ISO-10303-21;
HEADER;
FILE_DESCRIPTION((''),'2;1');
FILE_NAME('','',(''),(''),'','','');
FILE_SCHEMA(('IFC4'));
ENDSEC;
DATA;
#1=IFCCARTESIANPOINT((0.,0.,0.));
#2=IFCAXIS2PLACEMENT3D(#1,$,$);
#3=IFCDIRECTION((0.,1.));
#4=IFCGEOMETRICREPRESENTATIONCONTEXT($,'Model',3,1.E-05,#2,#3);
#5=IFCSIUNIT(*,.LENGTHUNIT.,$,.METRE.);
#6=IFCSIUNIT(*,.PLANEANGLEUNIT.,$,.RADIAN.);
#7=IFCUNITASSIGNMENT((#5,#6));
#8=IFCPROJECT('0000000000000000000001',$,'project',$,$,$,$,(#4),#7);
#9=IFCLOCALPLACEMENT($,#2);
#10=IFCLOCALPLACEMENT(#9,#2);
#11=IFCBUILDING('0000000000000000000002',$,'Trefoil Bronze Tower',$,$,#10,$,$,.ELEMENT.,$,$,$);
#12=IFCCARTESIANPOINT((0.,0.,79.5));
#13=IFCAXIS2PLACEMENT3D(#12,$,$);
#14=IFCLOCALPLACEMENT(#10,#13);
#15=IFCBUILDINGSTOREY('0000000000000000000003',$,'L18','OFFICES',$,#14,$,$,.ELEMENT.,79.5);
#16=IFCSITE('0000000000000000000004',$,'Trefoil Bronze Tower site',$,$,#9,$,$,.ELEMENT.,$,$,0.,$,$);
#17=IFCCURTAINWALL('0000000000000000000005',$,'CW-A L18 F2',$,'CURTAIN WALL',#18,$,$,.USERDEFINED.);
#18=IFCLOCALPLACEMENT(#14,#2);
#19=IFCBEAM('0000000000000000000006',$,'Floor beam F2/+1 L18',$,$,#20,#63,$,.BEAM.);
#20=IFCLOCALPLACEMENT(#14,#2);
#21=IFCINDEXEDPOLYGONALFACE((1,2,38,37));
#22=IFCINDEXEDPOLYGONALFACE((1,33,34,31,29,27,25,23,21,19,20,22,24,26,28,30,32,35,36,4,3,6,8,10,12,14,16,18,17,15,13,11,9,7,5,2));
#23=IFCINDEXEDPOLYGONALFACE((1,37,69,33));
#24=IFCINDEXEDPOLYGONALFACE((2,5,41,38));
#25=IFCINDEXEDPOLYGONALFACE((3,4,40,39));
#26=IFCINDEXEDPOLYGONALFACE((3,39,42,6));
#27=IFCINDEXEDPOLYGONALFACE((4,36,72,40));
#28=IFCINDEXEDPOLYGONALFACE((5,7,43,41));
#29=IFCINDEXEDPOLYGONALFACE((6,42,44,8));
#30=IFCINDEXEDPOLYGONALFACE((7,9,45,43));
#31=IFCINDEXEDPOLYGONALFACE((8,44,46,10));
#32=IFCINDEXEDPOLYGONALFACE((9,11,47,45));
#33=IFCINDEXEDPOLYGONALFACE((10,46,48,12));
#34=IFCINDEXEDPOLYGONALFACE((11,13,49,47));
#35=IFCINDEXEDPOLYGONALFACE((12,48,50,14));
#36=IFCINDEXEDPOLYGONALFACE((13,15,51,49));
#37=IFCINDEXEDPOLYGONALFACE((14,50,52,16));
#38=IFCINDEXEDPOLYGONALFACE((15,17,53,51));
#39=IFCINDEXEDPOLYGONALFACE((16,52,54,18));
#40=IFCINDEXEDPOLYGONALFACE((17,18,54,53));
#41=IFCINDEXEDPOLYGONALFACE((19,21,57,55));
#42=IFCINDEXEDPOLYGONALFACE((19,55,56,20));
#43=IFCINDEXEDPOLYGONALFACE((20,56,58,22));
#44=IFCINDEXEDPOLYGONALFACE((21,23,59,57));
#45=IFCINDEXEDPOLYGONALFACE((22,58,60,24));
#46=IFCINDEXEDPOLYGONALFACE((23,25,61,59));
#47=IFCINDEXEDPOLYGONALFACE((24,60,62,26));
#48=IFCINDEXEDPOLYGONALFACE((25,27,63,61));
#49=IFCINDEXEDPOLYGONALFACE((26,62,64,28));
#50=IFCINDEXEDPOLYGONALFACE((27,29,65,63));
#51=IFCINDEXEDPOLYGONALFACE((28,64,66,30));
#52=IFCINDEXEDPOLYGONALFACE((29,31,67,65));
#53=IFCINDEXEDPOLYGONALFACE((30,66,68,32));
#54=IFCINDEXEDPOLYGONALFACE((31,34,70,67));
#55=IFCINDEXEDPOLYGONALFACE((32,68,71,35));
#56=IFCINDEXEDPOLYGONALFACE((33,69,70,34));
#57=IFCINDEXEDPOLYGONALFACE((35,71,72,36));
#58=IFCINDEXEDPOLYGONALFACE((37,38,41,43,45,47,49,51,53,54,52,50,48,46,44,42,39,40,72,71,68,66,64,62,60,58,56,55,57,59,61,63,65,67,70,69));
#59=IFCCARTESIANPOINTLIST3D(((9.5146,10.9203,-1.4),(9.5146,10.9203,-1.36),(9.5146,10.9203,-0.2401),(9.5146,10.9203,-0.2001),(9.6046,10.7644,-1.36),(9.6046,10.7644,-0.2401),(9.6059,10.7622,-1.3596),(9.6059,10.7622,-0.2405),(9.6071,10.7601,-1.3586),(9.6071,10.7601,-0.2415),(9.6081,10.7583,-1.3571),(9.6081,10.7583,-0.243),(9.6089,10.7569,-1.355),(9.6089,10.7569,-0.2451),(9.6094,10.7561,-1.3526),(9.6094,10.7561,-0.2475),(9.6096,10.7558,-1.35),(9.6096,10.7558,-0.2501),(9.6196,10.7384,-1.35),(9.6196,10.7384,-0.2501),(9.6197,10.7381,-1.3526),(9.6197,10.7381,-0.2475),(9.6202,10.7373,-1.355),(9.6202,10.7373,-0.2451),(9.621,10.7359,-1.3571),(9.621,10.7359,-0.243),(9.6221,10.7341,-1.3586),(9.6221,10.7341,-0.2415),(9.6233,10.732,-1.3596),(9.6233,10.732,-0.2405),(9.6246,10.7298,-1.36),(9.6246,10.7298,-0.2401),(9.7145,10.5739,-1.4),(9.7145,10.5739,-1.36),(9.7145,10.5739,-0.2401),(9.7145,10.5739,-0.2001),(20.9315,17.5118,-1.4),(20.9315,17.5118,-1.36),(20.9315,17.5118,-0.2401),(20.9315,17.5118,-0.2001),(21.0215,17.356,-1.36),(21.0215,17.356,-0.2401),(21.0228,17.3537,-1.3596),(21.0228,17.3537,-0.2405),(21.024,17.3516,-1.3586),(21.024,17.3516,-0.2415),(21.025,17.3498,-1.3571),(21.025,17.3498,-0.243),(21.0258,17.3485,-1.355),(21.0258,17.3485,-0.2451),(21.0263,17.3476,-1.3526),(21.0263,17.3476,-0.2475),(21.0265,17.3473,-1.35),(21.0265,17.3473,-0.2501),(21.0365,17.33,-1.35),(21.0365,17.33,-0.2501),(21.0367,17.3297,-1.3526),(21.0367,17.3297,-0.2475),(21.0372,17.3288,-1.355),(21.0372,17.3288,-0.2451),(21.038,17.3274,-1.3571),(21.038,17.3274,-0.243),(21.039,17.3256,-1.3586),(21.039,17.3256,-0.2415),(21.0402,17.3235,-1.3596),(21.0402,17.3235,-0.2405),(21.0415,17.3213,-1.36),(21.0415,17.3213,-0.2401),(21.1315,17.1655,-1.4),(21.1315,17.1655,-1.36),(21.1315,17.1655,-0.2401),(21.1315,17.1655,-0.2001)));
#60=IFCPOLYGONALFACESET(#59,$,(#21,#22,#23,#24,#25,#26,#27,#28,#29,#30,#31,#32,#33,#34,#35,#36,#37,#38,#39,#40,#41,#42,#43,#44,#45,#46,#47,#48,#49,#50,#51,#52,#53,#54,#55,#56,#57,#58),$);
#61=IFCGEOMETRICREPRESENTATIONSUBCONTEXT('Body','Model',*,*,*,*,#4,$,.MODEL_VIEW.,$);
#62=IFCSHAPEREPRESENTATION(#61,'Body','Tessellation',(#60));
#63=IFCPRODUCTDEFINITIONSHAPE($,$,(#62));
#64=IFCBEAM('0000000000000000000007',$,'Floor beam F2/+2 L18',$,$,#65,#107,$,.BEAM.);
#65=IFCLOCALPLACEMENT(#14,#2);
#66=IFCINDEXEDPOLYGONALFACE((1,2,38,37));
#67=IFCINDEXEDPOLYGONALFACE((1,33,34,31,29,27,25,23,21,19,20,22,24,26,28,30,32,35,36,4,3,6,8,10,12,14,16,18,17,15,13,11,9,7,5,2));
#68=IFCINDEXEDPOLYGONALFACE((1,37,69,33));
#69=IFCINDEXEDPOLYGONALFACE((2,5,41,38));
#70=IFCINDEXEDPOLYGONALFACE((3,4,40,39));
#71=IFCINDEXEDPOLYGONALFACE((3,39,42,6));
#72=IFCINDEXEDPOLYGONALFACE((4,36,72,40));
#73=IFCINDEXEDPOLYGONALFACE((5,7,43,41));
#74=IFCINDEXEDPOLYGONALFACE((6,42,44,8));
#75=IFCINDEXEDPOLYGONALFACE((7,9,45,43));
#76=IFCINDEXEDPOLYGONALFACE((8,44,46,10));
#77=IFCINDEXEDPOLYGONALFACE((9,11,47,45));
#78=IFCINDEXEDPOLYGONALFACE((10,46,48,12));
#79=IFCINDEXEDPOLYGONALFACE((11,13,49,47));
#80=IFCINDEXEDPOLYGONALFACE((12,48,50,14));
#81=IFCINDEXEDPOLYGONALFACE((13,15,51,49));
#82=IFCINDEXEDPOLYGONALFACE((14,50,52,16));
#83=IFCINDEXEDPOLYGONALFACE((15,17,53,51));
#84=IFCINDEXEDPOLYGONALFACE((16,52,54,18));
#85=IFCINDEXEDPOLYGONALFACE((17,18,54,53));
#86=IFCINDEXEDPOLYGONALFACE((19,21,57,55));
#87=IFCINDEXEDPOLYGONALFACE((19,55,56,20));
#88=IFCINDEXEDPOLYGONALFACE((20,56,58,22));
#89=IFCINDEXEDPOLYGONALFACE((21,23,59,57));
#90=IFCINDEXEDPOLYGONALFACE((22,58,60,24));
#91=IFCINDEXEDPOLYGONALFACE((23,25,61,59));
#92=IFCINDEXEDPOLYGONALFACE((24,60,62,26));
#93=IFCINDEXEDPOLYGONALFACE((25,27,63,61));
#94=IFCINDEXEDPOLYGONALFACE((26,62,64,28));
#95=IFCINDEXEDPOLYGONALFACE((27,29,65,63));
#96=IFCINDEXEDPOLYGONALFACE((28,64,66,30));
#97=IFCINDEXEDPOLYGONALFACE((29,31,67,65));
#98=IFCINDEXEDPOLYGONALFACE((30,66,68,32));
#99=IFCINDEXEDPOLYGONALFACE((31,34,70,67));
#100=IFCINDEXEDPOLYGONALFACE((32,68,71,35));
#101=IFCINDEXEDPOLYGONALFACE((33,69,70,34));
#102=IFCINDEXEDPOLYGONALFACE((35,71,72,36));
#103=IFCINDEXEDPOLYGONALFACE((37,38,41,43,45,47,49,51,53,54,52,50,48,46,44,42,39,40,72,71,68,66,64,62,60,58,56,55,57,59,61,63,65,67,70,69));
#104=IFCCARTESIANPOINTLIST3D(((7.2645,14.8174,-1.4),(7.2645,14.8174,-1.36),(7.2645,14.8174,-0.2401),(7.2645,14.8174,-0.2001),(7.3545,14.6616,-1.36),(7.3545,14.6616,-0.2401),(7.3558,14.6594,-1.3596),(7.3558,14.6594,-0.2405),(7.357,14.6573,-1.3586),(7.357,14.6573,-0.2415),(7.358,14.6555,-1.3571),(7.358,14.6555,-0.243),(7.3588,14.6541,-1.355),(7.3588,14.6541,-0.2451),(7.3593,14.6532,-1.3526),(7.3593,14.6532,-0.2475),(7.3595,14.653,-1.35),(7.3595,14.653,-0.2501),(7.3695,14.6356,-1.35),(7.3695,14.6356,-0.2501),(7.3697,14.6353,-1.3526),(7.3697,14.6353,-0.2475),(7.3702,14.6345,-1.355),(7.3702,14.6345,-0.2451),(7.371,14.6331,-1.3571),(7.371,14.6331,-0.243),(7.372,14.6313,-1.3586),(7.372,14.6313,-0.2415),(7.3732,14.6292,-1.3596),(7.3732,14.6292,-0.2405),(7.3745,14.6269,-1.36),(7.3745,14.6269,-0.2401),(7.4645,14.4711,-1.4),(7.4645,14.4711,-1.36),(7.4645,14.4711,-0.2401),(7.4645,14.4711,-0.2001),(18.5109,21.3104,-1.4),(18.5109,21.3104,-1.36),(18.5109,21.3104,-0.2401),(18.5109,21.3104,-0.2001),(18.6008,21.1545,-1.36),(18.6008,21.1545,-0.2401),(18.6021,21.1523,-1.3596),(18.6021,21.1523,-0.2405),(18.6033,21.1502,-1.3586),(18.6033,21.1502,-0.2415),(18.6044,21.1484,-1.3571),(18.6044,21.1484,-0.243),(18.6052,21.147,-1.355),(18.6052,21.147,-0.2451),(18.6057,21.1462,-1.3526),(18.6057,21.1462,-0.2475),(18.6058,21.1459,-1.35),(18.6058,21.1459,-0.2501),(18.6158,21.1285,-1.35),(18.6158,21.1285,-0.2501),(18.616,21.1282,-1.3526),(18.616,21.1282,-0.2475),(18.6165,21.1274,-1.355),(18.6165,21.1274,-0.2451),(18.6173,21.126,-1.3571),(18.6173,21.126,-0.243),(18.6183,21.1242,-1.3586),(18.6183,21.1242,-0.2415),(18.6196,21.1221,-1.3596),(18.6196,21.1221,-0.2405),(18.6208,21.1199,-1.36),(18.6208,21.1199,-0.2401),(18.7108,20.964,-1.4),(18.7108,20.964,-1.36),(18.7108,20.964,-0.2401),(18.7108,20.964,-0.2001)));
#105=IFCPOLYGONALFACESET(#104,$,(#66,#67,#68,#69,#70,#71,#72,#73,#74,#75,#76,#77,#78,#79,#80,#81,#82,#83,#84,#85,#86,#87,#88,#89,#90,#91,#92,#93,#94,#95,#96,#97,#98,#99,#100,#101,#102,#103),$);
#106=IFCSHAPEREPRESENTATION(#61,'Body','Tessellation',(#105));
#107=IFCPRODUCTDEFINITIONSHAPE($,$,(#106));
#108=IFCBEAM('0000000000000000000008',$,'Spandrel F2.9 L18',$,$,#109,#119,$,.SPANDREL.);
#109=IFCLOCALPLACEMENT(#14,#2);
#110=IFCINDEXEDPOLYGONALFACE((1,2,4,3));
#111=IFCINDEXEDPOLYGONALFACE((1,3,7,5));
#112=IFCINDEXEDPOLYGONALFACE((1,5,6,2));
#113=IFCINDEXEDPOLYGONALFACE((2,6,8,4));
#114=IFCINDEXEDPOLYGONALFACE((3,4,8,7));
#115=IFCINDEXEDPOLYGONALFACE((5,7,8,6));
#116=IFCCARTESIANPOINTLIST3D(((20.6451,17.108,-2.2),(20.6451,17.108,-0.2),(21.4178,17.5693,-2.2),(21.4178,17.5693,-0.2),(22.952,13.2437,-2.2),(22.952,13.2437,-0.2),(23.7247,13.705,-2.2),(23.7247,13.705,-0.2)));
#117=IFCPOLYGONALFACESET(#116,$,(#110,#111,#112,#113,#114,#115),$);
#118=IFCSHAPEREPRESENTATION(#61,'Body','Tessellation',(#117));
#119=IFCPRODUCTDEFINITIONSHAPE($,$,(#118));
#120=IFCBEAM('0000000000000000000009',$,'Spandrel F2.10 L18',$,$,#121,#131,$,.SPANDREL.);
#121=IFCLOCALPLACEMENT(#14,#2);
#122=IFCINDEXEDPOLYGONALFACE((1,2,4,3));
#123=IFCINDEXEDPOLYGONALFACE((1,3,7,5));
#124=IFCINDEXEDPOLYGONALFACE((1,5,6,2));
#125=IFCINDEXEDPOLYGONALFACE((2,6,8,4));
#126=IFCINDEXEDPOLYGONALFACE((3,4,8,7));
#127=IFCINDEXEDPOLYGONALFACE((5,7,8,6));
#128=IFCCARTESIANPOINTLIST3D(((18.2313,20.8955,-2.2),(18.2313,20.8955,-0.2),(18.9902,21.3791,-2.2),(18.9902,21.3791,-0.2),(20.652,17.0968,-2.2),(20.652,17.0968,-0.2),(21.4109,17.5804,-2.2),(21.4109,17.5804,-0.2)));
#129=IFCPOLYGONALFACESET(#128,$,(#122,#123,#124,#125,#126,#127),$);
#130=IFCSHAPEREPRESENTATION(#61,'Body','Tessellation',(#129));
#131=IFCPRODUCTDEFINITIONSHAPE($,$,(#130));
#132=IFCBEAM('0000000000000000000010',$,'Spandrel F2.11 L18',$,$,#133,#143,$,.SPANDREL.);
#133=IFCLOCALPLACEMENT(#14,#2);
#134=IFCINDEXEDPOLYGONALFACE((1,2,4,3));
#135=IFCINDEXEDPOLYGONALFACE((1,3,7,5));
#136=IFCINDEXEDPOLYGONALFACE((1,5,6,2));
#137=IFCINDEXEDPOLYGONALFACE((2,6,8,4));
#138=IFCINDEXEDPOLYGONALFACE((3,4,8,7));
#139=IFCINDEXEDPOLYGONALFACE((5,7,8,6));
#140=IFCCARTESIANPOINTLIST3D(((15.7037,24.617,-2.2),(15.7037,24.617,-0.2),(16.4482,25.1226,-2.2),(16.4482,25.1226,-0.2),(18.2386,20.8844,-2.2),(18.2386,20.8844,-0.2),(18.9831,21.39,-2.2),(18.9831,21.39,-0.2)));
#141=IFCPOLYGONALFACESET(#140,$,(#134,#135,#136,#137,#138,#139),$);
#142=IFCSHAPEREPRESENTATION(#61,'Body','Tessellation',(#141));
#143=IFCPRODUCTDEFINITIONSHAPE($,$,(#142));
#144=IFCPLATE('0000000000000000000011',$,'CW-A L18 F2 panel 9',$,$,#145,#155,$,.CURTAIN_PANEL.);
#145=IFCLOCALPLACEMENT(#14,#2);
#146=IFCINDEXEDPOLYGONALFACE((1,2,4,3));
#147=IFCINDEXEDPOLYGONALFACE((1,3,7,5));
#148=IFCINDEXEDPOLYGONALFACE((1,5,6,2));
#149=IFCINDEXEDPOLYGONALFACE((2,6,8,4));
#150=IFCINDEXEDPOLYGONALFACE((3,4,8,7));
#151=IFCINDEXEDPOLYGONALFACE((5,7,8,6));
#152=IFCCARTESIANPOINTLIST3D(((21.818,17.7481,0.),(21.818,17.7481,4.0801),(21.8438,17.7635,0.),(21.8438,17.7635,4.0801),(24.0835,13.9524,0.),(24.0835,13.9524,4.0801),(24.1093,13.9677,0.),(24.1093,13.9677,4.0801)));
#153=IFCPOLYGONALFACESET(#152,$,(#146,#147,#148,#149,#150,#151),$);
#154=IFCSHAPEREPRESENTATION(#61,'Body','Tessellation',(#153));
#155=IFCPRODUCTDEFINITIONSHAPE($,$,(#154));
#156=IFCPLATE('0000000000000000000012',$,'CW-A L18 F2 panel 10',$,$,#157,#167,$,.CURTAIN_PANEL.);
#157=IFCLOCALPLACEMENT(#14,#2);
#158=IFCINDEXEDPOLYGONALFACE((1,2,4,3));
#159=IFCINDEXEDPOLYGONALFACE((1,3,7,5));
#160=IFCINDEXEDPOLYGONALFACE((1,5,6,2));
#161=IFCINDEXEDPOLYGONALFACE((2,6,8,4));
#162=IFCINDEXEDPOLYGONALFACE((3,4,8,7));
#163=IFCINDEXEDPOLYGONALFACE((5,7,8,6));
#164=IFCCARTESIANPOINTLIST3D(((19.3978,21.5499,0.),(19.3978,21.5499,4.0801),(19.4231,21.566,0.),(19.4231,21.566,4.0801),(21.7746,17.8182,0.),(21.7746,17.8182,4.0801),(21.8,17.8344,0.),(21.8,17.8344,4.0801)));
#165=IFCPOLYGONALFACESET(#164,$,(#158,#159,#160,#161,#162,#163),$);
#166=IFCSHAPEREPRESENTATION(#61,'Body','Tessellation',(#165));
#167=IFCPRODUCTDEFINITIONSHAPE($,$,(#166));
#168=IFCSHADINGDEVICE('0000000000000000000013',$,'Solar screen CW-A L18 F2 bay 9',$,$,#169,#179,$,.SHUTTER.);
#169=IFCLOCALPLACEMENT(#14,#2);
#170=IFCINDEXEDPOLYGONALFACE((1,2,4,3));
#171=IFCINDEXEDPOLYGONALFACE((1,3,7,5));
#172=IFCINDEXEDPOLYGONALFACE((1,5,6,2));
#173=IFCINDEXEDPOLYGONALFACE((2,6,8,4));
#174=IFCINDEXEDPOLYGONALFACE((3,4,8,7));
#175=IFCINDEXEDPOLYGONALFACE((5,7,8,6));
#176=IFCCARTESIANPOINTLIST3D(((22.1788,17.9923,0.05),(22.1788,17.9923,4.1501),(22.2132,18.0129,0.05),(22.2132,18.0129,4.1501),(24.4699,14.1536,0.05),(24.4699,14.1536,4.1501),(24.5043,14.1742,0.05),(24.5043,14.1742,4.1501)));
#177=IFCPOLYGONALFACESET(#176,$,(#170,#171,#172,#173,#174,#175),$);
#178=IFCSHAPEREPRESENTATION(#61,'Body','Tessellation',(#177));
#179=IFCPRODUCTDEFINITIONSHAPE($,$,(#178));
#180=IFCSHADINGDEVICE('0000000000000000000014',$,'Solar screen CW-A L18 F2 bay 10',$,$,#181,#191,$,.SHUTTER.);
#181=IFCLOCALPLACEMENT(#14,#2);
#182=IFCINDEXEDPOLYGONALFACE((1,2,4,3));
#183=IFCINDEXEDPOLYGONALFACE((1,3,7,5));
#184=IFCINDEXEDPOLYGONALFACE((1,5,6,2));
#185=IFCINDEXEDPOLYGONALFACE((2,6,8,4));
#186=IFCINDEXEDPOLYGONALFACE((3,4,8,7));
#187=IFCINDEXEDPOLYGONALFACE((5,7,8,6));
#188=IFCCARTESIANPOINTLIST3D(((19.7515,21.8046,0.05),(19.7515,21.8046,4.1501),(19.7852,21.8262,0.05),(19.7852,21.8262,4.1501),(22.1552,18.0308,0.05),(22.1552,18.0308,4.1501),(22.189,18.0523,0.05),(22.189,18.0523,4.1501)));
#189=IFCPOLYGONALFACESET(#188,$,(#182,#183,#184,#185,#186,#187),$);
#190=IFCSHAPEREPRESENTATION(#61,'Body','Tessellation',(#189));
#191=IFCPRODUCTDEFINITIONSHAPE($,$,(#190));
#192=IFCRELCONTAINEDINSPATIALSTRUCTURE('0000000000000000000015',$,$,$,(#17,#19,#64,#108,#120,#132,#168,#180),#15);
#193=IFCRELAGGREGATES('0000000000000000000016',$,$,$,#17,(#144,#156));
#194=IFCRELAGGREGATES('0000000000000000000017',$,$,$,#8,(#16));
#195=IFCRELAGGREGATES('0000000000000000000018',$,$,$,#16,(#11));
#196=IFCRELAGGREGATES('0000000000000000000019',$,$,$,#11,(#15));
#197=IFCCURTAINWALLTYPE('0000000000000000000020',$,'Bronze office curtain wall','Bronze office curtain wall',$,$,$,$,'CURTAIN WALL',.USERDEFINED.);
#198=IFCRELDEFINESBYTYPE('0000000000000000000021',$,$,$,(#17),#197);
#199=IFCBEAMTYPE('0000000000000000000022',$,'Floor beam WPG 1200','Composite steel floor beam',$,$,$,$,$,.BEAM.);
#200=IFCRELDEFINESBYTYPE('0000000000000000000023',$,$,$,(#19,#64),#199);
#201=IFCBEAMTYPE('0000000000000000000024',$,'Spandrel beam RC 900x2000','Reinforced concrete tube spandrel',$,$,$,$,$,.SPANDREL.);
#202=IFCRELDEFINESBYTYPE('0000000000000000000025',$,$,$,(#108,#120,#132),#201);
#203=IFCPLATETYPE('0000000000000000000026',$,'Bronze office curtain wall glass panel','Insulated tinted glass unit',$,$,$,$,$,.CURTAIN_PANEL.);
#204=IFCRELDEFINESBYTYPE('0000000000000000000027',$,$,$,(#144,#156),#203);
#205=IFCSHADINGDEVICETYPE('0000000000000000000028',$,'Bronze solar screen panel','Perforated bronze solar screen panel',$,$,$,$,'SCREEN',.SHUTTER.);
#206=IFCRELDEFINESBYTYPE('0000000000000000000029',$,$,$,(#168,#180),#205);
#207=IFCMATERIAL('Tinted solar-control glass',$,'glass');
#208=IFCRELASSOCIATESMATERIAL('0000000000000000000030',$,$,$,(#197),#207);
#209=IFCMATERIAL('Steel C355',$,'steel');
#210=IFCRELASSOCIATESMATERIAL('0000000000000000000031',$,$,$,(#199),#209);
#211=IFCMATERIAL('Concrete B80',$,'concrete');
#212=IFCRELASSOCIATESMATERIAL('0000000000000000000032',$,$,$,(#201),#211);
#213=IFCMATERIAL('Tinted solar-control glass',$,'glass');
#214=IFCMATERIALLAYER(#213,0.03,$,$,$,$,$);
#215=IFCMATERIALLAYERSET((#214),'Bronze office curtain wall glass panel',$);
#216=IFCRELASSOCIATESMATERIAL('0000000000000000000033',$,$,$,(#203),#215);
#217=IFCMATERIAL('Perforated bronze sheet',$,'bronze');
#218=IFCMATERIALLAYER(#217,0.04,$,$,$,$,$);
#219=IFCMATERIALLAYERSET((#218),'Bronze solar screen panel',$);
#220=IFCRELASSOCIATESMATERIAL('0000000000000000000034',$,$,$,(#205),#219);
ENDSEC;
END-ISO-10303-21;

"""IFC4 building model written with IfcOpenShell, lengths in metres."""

from ifc_helpers import new_model, si_unit, direction, frame, origin, origin_2d, place, context, subcontext, project, spatial, rectangle, i_section, extrude, material, layer, layer_set, material_profile, profile_set, type_object, element, aggregate, save


model = new_model("IFC4")

# Units and contexts
model_context = context("Model", 3, precision=1e-05, world=origin(), true_north=direction((0.0, 1.0)))
body_context = subcontext(model_context, "Body", "Model", "MODEL_VIEW")
ifc_project = project(units=[si_unit("LENGTHUNIT", "METRE"), si_unit("PLANEANGLEUNIT", "RADIAN")], contexts=[model_context])

# Site, building, storey
site_placement = place(None, origin())
site = spatial("IfcSite", under=ifc_project, at=site_placement, Name="Trefoil Bronze Tower site", CompositionType="ELEMENT", RefElevation=0.0)
building_placement = place(site_placement, origin())
building = spatial("IfcBuilding", under=site, at=building_placement, Name="Trefoil Bronze Tower", CompositionType="ELEMENT")
storey_placement = place(building_placement, frame((0.0, 0.0, 79.5)))
storey = spatial("IfcBuildingStorey", under=building, at=storey_placement, Name="L18", Description="OFFICES", CompositionType="ELEMENT", Elevation=79.5)

# Curtain wall
ifc_material_1 = material(Name="Tinted solar-control glass", Category="glass")
curtain_wall_type = type_object("IfcCurtainWallType", Name="Bronze office curtain wall", Description="Bronze office curtain wall", ElementType="CURTAIN WALL", PredefinedType="USERDEFINED", material=ifc_material_1)
curtain_wall_placement = place(storey_placement, origin())
curtain_wall = element("IfcCurtainWall", 1, at=curtain_wall_placement, inside=storey, type_object=curtain_wall_type, Name="CW-A L18 F2", ObjectType="CURTAIN WALL", PredefinedType="USERDEFINED")

# Beams
ifc_material_2 = material(Name="Steel C355", Category="steel")
ifc_material_profile_1 = material_profile(ifc_material_2, i_section(OverallWidth=0.3999, OverallDepth=1.2, WebThickness=0.02, FlangeThickness=0.04, FilletRadius=0.01, at=origin_2d()), Name="WPG 1200")
ifc_profile_set_1 = profile_set([ifc_material_profile_1], Name="Steel C355")
beam_type_1 = type_object("IfcBeamType", Name="Floor beam WPG 1200", Description="Composite steel floor beam", PredefinedType="BEAM", material=ifc_profile_set_1)
beam_1_placement = place(storey_placement, frame((21.0315, 17.3386, -0.8), z_axis=(-0.866027, -0.499997, 0.0), x_axis=(0.499997, -0.866027, 0.0)))
element("IfcBeam", 2, at=beam_1_placement, inside=storey, type_object=beam_type_1, Name="Floor beam F2/+1 L18", PredefinedType="BEAM", context=body_context, shape_type="SweptSolid", body=[
    extrude(i_section(OverallWidth=0.3999, OverallDepth=1.2, WebThickness=0.02, FlangeThickness=0.04, FilletRadius=0.01, at=origin_2d()), origin(), (0.0, 0.0, 1.0), 13.1831),
])
beam_2_placement = place(storey_placement, frame((18.6108, 21.1372, -0.8), z_axis=(-0.866031, -0.499991, 0.0), x_axis=(0.499991, -0.866031, 0.0)))
element("IfcBeam", 3, at=beam_2_placement, inside=storey, type_object=beam_type_1, Name="Floor beam F2/+2 L18", PredefinedType="BEAM", context=body_context, shape_type="SweptSolid", body=[
    extrude(i_section(OverallWidth=0.3999, OverallDepth=1.2, WebThickness=0.02, FlangeThickness=0.04, FilletRadius=0.01, at=origin_2d()), origin(), (0.0, 0.0, 1.0), 12.9861),
])
ifc_material_3 = material(Name="Concrete B80", Category="concrete")
ifc_material_profile_2 = material_profile(ifc_material_3, rectangle(XDim=0.8999, YDim=2.0, at=origin_2d()), Name="RC 900x2000")
ifc_profile_set_2 = profile_set([ifc_material_profile_2], Name="Concrete B80")
beam_type_2 = type_object("IfcBeamType", Name="Spandrel beam RC 900x2000", Description="Reinforced concrete tube spandrel", PredefinedType="SPANDREL", material=ifc_profile_set_2)
beam_3_placement = place(storey_placement, frame((23.3384, 13.4744, -1.2), z_axis=(-0.512588, 0.858635, 0.0), x_axis=(-0.858635, -0.512588, 0.0)))
element("IfcBeam", 4, at=beam_3_placement, inside=storey, type_object=beam_type_2, Name="Spandrel F2.9 L18", PredefinedType="SPANDREL", context=body_context, shape_type="SweptSolid", body=[
    extrude(rectangle(XDim=0.8999, YDim=2.0, at=origin_2d()), origin(), (0.0, 0.0, 1.0), 4.5005),
])
beam_4_placement = place(storey_placement, frame((21.0315, 17.3386, -1.2), z_axis=(-0.537408, 0.843322, 0.0), x_axis=(-0.843322, -0.537408, 0.0)))
element("IfcBeam", 5, at=beam_4_placement, inside=storey, type_object=beam_type_2, Name="Spandrel F2.10 L18", PredefinedType="SPANDREL", context=body_context, shape_type="SweptSolid", body=[
    extrude(rectangle(XDim=0.8999, YDim=2.0, at=origin_2d()), origin(), (0.0, 0.0, 1.0), 4.5044),
])
beam_5_placement = place(storey_placement, frame((18.6108, 21.1372, -1.2), z_axis=(-0.56181, 0.827267, 0.0), x_axis=(-0.827267, -0.56181, 0.0)))
element("IfcBeam", 6, at=beam_5_placement, inside=storey, type_object=beam_type_2, Name="Spandrel F2.11 L18", PredefinedType="SPANDREL", context=body_context, shape_type="SweptSolid", body=[
    extrude(rectangle(XDim=0.8999, YDim=2.0, at=origin_2d()), origin(), (0.0, 0.0, 1.0), 4.512),
])

# Plates
ifc_material_4 = material(Name="Tinted solar-control glass", Category="glass")
ifc_layer_1 = layer(ifc_material_4, 0.03)
ifc_layer_set_1 = layer_set([ifc_layer_1], Name="Bronze office curtain wall glass panel")
plate_type = type_object("IfcPlateType", Name="Bronze office curtain wall glass panel", Description="Insulated tinted glass unit", PredefinedType="CURTAIN_PANEL", material=ifc_layer_set_1)
plate_1_placement = place(storey_placement, frame((22.9636, 15.8579, 0.0), z_axis=(0.0, 0.0, 1.0), x_axis=(-0.512513, 0.85868, 0.0)))
plate_1 = element("IfcPlate", 7, at=plate_1_placement, type_object=plate_type, Name="CW-A L18 F2 panel 9", PredefinedType="CURTAIN_PANEL", context=body_context, shape_type="SweptSolid", body=[
    extrude(rectangle(XDim=4.4204, YDim=0.03, at=origin_2d()), origin(), (0.0, 0.0, 1.0), 4.0801),
])
plate_2_placement = place(storey_placement, frame((20.5989, 19.6921, 0.0), z_axis=(0.0, 0.0, 1.0), x_axis=(-0.537222, 0.843441, 0.0)))
plate_2 = element("IfcPlate", 8, at=plate_2_placement, type_object=plate_type, Name="CW-A L18 F2 panel 10", PredefinedType="CURTAIN_PANEL", context=body_context, shape_type="SweptSolid", body=[
    extrude(rectangle(XDim=4.4243, YDim=0.03, at=origin_2d()), origin(), (0.0, 0.0, 1.0), 4.0801),
])
aggregate(curtain_wall, [plate_1, plate_2])

# Shading devices
ifc_material_5 = material(Name="Perforated bronze sheet", Category="bronze")
ifc_layer_2 = layer(ifc_material_5, 0.04)
ifc_layer_set_2 = layer_set([ifc_layer_2], Name="Bronze solar screen panel")
shading_device_type = type_object("IfcShadingDeviceType", Name="Bronze solar screen panel", Description="Perforated bronze solar screen panel", ElementType="SCREEN", PredefinedType="SHUTTER", material=ifc_layer_set_2)
shading_device_1_placement = place(storey_placement, frame((23.3416, 16.0833, 0.05), z_axis=(0.0, 0.0, 1.0), x_axis=(-0.512513, 0.85868, 0.0)))
element("IfcShadingDevice", 9, at=shading_device_1_placement, inside=storey, type_object=shading_device_type, Name="Solar screen CW-A L18 F2 bay 9", PredefinedType="SHUTTER", context=body_context, shape_type="SweptSolid", body=[
    extrude(rectangle(XDim=4.4705, YDim=0.04, at=origin_2d()), origin(), (0.0, 0.0, 1.0), 4.1001),
])
shading_device_2_placement = place(storey_placement, frame((20.9702, 19.9285, 0.05), z_axis=(0.0, 0.0, 1.0), x_axis=(-0.537222, 0.843441, 0.0)))
element("IfcShadingDevice", 10, at=shading_device_2_placement, inside=storey, type_object=shading_device_type, Name="Solar screen CW-A L18 F2 bay 10", PredefinedType="SHUTTER", context=body_context, shape_type="SweptSolid", body=[
    extrude(rectangle(XDim=4.4744, YDim=0.04, at=origin_2d()), origin(), (0.0, 0.0, 1.0), 4.1001),
])

save(model, "model.ifc")
